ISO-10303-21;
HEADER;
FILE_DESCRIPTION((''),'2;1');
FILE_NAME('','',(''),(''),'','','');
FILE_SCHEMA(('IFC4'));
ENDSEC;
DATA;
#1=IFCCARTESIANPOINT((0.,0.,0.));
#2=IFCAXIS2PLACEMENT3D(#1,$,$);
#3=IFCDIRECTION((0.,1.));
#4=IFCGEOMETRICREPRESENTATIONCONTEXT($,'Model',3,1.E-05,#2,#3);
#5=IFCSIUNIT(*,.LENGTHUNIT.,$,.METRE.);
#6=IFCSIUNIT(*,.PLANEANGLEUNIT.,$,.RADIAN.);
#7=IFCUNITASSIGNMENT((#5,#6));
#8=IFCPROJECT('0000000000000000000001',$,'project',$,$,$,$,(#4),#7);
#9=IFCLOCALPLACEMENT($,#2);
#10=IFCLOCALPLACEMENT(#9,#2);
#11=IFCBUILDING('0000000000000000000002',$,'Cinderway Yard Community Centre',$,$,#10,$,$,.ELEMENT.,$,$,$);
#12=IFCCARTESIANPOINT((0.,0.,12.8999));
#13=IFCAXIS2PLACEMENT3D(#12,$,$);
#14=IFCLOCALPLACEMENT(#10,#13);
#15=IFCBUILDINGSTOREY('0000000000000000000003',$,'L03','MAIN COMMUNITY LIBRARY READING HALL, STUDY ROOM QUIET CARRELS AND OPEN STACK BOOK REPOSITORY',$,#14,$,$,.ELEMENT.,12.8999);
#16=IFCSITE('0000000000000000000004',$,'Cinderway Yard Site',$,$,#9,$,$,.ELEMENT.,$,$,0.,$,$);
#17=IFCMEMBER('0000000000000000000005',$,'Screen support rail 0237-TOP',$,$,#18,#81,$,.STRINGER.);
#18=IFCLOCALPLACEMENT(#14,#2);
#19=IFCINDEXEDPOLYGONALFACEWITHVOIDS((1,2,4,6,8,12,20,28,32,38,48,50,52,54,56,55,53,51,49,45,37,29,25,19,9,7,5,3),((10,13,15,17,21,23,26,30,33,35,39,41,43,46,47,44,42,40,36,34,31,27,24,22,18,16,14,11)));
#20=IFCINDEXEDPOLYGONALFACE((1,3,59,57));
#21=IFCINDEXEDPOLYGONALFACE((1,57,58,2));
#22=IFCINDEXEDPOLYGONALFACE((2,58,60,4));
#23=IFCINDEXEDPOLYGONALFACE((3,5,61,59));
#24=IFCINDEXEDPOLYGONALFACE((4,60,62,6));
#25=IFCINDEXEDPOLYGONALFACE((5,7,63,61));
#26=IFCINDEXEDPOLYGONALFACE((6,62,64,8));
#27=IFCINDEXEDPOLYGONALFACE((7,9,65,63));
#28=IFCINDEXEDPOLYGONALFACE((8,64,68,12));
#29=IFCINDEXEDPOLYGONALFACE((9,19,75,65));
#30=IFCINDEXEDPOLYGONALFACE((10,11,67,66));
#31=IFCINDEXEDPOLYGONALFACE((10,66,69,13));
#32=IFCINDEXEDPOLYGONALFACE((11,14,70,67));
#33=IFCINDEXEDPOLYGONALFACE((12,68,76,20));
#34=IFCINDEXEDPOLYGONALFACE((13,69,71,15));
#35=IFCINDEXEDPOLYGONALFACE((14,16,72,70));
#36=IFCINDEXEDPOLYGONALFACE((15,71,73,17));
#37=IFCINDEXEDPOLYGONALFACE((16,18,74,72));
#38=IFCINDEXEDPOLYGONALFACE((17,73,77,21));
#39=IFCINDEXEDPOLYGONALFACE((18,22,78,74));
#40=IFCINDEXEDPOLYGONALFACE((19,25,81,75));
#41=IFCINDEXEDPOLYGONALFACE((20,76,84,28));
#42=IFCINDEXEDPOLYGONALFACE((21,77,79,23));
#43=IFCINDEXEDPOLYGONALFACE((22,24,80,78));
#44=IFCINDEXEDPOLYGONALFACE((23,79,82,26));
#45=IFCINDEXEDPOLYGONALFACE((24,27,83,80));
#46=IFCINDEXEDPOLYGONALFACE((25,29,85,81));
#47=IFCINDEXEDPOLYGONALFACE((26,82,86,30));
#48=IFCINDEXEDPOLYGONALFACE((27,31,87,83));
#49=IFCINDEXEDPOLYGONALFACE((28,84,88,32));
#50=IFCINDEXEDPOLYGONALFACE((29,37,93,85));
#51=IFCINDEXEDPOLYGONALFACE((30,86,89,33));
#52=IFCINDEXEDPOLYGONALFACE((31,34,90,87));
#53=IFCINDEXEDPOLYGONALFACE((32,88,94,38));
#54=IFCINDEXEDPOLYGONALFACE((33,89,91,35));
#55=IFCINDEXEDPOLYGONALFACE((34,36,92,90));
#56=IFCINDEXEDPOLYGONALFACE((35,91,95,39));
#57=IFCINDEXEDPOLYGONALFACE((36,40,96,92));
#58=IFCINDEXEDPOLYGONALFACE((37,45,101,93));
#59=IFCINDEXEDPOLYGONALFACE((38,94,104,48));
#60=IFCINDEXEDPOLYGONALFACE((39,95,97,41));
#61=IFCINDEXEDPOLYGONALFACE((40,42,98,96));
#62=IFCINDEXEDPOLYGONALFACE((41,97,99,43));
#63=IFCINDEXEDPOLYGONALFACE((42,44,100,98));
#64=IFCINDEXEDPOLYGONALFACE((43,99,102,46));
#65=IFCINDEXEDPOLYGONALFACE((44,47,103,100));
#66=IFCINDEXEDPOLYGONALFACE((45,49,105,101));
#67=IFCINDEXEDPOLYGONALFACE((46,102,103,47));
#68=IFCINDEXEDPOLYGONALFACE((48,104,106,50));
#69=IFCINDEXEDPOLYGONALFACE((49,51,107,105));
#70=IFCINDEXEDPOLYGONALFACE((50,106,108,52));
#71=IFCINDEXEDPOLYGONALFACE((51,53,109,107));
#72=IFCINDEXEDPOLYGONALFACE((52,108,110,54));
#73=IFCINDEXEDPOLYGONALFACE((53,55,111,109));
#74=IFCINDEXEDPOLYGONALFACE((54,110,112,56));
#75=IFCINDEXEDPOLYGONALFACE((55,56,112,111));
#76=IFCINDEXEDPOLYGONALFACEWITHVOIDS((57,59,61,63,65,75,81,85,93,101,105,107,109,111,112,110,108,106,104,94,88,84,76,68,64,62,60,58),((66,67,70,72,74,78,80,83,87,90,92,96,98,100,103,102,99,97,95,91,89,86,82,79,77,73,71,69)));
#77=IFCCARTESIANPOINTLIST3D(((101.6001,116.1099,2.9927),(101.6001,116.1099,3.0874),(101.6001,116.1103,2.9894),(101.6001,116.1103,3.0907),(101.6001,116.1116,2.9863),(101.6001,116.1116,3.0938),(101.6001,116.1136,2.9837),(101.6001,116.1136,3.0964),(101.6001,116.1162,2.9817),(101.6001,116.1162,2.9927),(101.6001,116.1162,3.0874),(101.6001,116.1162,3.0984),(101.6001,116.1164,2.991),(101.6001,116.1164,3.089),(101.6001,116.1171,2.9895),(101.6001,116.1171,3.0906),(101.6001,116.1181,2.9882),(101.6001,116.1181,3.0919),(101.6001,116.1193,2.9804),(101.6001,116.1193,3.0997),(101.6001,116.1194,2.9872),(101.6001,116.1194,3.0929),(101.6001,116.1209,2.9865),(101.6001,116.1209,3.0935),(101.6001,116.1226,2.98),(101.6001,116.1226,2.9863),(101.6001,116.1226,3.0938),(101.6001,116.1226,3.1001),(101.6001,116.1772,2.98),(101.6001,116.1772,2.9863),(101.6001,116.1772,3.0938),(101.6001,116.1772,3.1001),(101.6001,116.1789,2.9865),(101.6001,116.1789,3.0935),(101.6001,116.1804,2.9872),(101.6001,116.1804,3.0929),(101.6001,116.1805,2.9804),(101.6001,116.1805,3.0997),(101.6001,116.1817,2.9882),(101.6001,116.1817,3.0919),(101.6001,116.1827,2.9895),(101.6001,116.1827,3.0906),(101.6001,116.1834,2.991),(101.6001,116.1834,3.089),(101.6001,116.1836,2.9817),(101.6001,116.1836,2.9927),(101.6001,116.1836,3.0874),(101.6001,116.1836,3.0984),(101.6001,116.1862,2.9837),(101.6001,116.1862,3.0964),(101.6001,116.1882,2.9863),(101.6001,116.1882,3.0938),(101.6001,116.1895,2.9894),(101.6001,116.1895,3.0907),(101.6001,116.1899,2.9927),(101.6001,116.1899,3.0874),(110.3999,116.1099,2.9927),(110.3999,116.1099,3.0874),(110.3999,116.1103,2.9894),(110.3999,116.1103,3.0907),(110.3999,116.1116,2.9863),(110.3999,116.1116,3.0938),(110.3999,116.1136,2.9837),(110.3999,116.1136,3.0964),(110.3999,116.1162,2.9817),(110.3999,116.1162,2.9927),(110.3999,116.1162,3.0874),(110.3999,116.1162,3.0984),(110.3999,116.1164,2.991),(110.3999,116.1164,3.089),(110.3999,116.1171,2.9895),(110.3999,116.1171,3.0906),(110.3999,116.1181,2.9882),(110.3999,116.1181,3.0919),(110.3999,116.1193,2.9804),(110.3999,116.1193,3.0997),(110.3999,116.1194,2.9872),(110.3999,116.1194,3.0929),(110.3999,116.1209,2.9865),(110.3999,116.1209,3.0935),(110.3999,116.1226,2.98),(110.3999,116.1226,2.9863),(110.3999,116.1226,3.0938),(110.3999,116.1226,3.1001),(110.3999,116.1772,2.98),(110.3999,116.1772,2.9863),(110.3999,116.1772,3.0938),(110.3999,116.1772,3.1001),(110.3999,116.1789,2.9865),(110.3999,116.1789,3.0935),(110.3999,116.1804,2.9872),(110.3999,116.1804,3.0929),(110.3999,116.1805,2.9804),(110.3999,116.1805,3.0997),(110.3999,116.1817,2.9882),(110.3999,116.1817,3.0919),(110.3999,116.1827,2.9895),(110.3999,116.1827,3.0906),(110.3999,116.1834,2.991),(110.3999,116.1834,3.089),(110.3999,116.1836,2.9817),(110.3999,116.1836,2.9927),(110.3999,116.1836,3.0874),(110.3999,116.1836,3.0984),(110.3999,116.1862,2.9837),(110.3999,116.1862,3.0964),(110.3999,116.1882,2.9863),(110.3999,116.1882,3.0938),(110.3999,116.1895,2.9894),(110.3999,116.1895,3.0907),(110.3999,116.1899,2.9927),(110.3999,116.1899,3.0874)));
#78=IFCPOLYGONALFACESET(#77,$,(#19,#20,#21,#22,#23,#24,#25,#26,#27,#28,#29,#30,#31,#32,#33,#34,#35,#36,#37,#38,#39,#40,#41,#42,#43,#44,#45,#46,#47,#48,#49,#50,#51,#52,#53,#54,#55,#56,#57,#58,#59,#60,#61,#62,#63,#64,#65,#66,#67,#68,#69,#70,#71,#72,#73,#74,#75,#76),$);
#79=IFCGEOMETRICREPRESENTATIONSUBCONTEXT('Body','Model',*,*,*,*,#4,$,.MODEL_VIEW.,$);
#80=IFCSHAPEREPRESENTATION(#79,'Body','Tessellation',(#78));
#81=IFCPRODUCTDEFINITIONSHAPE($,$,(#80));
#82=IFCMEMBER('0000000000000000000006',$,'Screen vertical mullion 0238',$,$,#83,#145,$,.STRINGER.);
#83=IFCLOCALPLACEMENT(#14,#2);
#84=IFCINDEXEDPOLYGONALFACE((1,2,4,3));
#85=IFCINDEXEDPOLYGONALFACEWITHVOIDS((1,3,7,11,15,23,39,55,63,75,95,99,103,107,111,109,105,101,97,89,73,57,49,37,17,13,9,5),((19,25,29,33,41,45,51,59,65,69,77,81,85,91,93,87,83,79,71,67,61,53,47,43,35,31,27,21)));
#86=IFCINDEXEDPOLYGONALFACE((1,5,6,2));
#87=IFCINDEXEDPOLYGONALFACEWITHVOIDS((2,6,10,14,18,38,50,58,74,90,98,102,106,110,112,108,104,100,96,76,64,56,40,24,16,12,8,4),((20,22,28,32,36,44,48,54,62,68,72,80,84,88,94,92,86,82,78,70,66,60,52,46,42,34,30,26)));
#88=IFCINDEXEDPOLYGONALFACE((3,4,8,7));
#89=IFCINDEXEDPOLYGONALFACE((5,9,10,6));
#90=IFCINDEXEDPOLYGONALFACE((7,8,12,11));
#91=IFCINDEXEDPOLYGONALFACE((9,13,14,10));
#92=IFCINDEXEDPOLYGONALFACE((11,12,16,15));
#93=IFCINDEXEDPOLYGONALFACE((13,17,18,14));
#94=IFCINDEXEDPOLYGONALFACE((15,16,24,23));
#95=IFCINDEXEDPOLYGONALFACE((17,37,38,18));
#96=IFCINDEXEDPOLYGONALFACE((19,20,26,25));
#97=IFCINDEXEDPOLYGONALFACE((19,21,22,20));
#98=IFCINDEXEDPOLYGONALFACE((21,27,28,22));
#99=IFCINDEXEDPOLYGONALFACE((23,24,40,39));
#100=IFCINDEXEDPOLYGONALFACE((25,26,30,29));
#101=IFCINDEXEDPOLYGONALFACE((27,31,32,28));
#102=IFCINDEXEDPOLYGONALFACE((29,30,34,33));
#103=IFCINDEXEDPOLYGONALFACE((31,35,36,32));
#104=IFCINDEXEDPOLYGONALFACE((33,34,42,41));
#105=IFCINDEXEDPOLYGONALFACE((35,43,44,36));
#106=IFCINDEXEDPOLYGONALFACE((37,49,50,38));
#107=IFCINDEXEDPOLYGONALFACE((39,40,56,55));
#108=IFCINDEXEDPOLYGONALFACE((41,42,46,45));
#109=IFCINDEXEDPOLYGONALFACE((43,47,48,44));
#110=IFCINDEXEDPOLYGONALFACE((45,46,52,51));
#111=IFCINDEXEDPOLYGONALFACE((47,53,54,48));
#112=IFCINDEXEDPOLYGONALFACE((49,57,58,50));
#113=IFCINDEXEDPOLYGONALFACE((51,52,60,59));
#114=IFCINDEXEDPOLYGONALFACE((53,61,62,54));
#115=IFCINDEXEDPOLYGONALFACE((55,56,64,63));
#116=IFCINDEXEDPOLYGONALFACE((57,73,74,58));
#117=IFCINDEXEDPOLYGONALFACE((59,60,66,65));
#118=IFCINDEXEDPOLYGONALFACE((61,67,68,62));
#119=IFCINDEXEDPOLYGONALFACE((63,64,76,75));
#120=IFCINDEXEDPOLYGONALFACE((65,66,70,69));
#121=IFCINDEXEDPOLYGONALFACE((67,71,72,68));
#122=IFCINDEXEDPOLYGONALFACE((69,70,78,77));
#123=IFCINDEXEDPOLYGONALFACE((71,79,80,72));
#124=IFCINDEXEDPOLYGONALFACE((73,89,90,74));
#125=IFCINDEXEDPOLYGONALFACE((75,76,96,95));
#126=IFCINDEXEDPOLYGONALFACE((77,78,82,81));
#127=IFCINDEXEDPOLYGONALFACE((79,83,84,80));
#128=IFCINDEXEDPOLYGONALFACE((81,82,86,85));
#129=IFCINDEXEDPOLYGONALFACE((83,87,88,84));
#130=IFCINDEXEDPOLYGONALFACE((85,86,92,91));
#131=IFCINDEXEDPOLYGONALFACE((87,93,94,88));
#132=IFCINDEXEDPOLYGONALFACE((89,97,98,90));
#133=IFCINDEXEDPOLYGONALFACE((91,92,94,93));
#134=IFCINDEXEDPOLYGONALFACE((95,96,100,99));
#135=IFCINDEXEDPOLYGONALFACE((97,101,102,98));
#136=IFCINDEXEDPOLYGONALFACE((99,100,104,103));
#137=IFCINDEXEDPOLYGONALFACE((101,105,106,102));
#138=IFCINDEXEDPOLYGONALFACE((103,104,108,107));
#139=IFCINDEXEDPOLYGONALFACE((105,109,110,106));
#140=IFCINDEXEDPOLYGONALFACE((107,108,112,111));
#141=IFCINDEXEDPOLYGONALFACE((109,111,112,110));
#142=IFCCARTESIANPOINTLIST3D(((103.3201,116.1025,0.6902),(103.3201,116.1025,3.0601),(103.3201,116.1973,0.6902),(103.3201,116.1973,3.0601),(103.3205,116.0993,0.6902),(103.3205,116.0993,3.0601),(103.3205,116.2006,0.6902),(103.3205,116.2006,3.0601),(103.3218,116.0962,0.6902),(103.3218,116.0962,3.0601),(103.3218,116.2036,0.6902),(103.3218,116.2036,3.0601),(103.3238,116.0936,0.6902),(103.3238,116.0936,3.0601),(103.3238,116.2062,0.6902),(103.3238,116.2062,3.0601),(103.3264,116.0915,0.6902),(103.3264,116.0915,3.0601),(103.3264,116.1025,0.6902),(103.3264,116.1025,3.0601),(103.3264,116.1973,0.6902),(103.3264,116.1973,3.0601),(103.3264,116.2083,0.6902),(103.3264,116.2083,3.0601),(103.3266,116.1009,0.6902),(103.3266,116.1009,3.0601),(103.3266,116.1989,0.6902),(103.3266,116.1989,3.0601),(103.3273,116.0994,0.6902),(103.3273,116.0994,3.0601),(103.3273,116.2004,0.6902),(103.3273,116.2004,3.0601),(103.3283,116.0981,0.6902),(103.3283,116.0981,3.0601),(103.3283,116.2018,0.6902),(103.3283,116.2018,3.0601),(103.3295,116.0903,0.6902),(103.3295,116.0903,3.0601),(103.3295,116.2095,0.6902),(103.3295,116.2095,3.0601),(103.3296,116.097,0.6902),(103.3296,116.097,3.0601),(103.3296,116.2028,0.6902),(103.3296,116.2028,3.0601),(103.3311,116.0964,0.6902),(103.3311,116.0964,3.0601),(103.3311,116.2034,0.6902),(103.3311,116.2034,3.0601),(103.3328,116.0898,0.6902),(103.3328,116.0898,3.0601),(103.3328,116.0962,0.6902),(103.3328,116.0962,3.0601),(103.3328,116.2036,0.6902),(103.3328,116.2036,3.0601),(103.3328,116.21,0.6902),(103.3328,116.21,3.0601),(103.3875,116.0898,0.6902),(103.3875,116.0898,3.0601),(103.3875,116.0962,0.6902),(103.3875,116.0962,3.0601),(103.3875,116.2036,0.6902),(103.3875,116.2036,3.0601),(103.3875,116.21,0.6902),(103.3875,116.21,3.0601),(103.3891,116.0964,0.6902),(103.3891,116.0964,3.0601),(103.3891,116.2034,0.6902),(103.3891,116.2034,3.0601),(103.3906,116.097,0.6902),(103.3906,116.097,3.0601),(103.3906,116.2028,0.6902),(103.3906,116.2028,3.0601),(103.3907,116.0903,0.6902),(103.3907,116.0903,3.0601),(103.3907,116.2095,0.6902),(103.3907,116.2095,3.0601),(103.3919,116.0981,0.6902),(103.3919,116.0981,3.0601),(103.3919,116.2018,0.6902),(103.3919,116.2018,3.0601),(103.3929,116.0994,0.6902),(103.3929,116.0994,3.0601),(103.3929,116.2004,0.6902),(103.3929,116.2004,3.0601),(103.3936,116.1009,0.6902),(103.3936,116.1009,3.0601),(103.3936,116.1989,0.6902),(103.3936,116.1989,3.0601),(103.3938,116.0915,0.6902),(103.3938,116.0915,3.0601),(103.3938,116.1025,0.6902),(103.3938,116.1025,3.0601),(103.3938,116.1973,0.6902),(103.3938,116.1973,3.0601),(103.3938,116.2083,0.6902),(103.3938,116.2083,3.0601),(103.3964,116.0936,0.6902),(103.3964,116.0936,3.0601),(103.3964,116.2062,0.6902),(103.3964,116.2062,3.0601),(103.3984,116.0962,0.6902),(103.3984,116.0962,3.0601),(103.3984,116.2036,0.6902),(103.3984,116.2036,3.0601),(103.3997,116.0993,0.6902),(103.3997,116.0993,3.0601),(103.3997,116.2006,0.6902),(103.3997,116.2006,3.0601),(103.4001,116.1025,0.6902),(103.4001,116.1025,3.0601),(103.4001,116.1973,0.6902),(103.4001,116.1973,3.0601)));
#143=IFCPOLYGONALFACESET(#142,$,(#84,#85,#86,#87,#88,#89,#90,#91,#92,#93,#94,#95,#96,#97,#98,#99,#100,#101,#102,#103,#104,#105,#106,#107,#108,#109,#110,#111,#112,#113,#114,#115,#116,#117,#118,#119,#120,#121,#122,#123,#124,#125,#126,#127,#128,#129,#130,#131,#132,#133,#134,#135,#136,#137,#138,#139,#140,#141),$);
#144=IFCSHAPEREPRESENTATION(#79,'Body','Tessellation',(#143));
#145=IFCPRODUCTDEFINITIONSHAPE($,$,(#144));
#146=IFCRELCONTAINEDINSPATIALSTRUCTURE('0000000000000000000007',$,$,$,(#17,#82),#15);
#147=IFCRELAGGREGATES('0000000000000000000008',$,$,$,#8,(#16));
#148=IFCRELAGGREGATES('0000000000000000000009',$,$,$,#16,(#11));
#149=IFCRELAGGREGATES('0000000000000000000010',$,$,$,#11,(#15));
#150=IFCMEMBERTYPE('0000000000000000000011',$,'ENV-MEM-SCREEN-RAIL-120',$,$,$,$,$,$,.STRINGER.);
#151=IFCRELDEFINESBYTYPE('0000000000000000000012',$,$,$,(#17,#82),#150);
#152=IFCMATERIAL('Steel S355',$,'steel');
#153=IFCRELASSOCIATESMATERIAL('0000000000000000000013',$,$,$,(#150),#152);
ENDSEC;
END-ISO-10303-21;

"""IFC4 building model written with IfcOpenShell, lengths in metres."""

from ifc_helpers import new_model, si_unit, direction, frame, origin, origin_2d, place, context, subcontext, project, spatial, hollow_rectangle, extrude, material, material_profile, profile_set, type_object, element, save


model = new_model("IFC4")

# Units and contexts
model_context = context("Model", 3, precision=1e-05, world=origin(), true_north=direction((0.0, 1.0)))
body_context = subcontext(model_context, "Body", "Model", "MODEL_VIEW")
ifc_project = project(units=[si_unit("LENGTHUNIT", "METRE"), si_unit("PLANEANGLEUNIT", "RADIAN")], contexts=[model_context])

# Site, building, storey
site_placement = place(None, origin())
site = spatial("IfcSite", under=ifc_project, at=site_placement, Name="Cinderway Yard Site", CompositionType="ELEMENT", RefElevation=0.0)
building_placement = place(site_placement, origin())
building = spatial("IfcBuilding", under=site, at=building_placement, Name="Cinderway Yard Community Centre", CompositionType="ELEMENT")
storey_placement = place(building_placement, frame((0.0, 0.0, 12.8999)))
storey = spatial("IfcBuildingStorey", under=building, at=storey_placement, Name="L03", Description="MAIN COMMUNITY LIBRARY READING HALL, STUDY ROOM QUIET CARRELS AND OPEN STACK BOOK REPOSITORY", CompositionType="ELEMENT", Elevation=12.8999)

# Members
ifc_material_1 = material(Name="Steel S355", Category="steel")
ifc_material_profile_1 = material_profile(ifc_material_1, hollow_rectangle(XDim=0.0801, YDim=0.1201, WallThickness=0.0063, InnerFilletRadius=0.0063, OuterFilletRadius=0.0127, at=origin_2d()), Name="Steel S355")
ifc_profile_set_1 = profile_set([ifc_material_profile_1], Name="Steel S355")
member_type_1 = type_object("IfcMemberType", Name="ENV-MEM-SCREEN-RAIL-120", PredefinedType="STRINGER", material=ifc_profile_set_1)
for number, where, z_axis, x_axis, name in (
    (1, (101.6001, 116.1499, 3.04), (1.0, 0.0, 0.0), (0.0, 1.0, 0.0), "Screen support rail 0237-TOP"),
):
    element("IfcMember", number, at=place(storey_placement, frame(where, z_axis=z_axis, x_axis=x_axis)), inside=storey, type_object=member_type_1, Name=name, PredefinedType="STRINGER", context=body_context, shape_type="SweptSolid", body=[
        extrude(hollow_rectangle(XDim=0.0801, YDim=0.1201, WallThickness=0.0063, InnerFilletRadius=0.0063, OuterFilletRadius=0.0127, at=origin_2d()), origin(), (0.0, 0.0, 1.0), 8.7998),
    ])
for number, where, z_axis, x_axis, name in (
    (2, (103.3601, 116.1499, 0.6902), (0.0, 0.0, 1.0), (1.0, 0.0, 0.0), "Screen vertical mullion 0238"),
):
    element("IfcMember", number, at=place(storey_placement, frame(where, z_axis=z_axis, x_axis=x_axis)), inside=storey, type_object=member_type_1, Name=name, PredefinedType="STRINGER", context=body_context, shape_type="SweptSolid", body=[
        extrude(hollow_rectangle(XDim=0.0801, YDim=0.1201, WallThickness=0.0063, InnerFilletRadius=0.0063, OuterFilletRadius=0.0127, at=origin_2d()), origin(), (0.0, 0.0, 1.0), 2.3699),
    ])

save(model, "model.ifc")
